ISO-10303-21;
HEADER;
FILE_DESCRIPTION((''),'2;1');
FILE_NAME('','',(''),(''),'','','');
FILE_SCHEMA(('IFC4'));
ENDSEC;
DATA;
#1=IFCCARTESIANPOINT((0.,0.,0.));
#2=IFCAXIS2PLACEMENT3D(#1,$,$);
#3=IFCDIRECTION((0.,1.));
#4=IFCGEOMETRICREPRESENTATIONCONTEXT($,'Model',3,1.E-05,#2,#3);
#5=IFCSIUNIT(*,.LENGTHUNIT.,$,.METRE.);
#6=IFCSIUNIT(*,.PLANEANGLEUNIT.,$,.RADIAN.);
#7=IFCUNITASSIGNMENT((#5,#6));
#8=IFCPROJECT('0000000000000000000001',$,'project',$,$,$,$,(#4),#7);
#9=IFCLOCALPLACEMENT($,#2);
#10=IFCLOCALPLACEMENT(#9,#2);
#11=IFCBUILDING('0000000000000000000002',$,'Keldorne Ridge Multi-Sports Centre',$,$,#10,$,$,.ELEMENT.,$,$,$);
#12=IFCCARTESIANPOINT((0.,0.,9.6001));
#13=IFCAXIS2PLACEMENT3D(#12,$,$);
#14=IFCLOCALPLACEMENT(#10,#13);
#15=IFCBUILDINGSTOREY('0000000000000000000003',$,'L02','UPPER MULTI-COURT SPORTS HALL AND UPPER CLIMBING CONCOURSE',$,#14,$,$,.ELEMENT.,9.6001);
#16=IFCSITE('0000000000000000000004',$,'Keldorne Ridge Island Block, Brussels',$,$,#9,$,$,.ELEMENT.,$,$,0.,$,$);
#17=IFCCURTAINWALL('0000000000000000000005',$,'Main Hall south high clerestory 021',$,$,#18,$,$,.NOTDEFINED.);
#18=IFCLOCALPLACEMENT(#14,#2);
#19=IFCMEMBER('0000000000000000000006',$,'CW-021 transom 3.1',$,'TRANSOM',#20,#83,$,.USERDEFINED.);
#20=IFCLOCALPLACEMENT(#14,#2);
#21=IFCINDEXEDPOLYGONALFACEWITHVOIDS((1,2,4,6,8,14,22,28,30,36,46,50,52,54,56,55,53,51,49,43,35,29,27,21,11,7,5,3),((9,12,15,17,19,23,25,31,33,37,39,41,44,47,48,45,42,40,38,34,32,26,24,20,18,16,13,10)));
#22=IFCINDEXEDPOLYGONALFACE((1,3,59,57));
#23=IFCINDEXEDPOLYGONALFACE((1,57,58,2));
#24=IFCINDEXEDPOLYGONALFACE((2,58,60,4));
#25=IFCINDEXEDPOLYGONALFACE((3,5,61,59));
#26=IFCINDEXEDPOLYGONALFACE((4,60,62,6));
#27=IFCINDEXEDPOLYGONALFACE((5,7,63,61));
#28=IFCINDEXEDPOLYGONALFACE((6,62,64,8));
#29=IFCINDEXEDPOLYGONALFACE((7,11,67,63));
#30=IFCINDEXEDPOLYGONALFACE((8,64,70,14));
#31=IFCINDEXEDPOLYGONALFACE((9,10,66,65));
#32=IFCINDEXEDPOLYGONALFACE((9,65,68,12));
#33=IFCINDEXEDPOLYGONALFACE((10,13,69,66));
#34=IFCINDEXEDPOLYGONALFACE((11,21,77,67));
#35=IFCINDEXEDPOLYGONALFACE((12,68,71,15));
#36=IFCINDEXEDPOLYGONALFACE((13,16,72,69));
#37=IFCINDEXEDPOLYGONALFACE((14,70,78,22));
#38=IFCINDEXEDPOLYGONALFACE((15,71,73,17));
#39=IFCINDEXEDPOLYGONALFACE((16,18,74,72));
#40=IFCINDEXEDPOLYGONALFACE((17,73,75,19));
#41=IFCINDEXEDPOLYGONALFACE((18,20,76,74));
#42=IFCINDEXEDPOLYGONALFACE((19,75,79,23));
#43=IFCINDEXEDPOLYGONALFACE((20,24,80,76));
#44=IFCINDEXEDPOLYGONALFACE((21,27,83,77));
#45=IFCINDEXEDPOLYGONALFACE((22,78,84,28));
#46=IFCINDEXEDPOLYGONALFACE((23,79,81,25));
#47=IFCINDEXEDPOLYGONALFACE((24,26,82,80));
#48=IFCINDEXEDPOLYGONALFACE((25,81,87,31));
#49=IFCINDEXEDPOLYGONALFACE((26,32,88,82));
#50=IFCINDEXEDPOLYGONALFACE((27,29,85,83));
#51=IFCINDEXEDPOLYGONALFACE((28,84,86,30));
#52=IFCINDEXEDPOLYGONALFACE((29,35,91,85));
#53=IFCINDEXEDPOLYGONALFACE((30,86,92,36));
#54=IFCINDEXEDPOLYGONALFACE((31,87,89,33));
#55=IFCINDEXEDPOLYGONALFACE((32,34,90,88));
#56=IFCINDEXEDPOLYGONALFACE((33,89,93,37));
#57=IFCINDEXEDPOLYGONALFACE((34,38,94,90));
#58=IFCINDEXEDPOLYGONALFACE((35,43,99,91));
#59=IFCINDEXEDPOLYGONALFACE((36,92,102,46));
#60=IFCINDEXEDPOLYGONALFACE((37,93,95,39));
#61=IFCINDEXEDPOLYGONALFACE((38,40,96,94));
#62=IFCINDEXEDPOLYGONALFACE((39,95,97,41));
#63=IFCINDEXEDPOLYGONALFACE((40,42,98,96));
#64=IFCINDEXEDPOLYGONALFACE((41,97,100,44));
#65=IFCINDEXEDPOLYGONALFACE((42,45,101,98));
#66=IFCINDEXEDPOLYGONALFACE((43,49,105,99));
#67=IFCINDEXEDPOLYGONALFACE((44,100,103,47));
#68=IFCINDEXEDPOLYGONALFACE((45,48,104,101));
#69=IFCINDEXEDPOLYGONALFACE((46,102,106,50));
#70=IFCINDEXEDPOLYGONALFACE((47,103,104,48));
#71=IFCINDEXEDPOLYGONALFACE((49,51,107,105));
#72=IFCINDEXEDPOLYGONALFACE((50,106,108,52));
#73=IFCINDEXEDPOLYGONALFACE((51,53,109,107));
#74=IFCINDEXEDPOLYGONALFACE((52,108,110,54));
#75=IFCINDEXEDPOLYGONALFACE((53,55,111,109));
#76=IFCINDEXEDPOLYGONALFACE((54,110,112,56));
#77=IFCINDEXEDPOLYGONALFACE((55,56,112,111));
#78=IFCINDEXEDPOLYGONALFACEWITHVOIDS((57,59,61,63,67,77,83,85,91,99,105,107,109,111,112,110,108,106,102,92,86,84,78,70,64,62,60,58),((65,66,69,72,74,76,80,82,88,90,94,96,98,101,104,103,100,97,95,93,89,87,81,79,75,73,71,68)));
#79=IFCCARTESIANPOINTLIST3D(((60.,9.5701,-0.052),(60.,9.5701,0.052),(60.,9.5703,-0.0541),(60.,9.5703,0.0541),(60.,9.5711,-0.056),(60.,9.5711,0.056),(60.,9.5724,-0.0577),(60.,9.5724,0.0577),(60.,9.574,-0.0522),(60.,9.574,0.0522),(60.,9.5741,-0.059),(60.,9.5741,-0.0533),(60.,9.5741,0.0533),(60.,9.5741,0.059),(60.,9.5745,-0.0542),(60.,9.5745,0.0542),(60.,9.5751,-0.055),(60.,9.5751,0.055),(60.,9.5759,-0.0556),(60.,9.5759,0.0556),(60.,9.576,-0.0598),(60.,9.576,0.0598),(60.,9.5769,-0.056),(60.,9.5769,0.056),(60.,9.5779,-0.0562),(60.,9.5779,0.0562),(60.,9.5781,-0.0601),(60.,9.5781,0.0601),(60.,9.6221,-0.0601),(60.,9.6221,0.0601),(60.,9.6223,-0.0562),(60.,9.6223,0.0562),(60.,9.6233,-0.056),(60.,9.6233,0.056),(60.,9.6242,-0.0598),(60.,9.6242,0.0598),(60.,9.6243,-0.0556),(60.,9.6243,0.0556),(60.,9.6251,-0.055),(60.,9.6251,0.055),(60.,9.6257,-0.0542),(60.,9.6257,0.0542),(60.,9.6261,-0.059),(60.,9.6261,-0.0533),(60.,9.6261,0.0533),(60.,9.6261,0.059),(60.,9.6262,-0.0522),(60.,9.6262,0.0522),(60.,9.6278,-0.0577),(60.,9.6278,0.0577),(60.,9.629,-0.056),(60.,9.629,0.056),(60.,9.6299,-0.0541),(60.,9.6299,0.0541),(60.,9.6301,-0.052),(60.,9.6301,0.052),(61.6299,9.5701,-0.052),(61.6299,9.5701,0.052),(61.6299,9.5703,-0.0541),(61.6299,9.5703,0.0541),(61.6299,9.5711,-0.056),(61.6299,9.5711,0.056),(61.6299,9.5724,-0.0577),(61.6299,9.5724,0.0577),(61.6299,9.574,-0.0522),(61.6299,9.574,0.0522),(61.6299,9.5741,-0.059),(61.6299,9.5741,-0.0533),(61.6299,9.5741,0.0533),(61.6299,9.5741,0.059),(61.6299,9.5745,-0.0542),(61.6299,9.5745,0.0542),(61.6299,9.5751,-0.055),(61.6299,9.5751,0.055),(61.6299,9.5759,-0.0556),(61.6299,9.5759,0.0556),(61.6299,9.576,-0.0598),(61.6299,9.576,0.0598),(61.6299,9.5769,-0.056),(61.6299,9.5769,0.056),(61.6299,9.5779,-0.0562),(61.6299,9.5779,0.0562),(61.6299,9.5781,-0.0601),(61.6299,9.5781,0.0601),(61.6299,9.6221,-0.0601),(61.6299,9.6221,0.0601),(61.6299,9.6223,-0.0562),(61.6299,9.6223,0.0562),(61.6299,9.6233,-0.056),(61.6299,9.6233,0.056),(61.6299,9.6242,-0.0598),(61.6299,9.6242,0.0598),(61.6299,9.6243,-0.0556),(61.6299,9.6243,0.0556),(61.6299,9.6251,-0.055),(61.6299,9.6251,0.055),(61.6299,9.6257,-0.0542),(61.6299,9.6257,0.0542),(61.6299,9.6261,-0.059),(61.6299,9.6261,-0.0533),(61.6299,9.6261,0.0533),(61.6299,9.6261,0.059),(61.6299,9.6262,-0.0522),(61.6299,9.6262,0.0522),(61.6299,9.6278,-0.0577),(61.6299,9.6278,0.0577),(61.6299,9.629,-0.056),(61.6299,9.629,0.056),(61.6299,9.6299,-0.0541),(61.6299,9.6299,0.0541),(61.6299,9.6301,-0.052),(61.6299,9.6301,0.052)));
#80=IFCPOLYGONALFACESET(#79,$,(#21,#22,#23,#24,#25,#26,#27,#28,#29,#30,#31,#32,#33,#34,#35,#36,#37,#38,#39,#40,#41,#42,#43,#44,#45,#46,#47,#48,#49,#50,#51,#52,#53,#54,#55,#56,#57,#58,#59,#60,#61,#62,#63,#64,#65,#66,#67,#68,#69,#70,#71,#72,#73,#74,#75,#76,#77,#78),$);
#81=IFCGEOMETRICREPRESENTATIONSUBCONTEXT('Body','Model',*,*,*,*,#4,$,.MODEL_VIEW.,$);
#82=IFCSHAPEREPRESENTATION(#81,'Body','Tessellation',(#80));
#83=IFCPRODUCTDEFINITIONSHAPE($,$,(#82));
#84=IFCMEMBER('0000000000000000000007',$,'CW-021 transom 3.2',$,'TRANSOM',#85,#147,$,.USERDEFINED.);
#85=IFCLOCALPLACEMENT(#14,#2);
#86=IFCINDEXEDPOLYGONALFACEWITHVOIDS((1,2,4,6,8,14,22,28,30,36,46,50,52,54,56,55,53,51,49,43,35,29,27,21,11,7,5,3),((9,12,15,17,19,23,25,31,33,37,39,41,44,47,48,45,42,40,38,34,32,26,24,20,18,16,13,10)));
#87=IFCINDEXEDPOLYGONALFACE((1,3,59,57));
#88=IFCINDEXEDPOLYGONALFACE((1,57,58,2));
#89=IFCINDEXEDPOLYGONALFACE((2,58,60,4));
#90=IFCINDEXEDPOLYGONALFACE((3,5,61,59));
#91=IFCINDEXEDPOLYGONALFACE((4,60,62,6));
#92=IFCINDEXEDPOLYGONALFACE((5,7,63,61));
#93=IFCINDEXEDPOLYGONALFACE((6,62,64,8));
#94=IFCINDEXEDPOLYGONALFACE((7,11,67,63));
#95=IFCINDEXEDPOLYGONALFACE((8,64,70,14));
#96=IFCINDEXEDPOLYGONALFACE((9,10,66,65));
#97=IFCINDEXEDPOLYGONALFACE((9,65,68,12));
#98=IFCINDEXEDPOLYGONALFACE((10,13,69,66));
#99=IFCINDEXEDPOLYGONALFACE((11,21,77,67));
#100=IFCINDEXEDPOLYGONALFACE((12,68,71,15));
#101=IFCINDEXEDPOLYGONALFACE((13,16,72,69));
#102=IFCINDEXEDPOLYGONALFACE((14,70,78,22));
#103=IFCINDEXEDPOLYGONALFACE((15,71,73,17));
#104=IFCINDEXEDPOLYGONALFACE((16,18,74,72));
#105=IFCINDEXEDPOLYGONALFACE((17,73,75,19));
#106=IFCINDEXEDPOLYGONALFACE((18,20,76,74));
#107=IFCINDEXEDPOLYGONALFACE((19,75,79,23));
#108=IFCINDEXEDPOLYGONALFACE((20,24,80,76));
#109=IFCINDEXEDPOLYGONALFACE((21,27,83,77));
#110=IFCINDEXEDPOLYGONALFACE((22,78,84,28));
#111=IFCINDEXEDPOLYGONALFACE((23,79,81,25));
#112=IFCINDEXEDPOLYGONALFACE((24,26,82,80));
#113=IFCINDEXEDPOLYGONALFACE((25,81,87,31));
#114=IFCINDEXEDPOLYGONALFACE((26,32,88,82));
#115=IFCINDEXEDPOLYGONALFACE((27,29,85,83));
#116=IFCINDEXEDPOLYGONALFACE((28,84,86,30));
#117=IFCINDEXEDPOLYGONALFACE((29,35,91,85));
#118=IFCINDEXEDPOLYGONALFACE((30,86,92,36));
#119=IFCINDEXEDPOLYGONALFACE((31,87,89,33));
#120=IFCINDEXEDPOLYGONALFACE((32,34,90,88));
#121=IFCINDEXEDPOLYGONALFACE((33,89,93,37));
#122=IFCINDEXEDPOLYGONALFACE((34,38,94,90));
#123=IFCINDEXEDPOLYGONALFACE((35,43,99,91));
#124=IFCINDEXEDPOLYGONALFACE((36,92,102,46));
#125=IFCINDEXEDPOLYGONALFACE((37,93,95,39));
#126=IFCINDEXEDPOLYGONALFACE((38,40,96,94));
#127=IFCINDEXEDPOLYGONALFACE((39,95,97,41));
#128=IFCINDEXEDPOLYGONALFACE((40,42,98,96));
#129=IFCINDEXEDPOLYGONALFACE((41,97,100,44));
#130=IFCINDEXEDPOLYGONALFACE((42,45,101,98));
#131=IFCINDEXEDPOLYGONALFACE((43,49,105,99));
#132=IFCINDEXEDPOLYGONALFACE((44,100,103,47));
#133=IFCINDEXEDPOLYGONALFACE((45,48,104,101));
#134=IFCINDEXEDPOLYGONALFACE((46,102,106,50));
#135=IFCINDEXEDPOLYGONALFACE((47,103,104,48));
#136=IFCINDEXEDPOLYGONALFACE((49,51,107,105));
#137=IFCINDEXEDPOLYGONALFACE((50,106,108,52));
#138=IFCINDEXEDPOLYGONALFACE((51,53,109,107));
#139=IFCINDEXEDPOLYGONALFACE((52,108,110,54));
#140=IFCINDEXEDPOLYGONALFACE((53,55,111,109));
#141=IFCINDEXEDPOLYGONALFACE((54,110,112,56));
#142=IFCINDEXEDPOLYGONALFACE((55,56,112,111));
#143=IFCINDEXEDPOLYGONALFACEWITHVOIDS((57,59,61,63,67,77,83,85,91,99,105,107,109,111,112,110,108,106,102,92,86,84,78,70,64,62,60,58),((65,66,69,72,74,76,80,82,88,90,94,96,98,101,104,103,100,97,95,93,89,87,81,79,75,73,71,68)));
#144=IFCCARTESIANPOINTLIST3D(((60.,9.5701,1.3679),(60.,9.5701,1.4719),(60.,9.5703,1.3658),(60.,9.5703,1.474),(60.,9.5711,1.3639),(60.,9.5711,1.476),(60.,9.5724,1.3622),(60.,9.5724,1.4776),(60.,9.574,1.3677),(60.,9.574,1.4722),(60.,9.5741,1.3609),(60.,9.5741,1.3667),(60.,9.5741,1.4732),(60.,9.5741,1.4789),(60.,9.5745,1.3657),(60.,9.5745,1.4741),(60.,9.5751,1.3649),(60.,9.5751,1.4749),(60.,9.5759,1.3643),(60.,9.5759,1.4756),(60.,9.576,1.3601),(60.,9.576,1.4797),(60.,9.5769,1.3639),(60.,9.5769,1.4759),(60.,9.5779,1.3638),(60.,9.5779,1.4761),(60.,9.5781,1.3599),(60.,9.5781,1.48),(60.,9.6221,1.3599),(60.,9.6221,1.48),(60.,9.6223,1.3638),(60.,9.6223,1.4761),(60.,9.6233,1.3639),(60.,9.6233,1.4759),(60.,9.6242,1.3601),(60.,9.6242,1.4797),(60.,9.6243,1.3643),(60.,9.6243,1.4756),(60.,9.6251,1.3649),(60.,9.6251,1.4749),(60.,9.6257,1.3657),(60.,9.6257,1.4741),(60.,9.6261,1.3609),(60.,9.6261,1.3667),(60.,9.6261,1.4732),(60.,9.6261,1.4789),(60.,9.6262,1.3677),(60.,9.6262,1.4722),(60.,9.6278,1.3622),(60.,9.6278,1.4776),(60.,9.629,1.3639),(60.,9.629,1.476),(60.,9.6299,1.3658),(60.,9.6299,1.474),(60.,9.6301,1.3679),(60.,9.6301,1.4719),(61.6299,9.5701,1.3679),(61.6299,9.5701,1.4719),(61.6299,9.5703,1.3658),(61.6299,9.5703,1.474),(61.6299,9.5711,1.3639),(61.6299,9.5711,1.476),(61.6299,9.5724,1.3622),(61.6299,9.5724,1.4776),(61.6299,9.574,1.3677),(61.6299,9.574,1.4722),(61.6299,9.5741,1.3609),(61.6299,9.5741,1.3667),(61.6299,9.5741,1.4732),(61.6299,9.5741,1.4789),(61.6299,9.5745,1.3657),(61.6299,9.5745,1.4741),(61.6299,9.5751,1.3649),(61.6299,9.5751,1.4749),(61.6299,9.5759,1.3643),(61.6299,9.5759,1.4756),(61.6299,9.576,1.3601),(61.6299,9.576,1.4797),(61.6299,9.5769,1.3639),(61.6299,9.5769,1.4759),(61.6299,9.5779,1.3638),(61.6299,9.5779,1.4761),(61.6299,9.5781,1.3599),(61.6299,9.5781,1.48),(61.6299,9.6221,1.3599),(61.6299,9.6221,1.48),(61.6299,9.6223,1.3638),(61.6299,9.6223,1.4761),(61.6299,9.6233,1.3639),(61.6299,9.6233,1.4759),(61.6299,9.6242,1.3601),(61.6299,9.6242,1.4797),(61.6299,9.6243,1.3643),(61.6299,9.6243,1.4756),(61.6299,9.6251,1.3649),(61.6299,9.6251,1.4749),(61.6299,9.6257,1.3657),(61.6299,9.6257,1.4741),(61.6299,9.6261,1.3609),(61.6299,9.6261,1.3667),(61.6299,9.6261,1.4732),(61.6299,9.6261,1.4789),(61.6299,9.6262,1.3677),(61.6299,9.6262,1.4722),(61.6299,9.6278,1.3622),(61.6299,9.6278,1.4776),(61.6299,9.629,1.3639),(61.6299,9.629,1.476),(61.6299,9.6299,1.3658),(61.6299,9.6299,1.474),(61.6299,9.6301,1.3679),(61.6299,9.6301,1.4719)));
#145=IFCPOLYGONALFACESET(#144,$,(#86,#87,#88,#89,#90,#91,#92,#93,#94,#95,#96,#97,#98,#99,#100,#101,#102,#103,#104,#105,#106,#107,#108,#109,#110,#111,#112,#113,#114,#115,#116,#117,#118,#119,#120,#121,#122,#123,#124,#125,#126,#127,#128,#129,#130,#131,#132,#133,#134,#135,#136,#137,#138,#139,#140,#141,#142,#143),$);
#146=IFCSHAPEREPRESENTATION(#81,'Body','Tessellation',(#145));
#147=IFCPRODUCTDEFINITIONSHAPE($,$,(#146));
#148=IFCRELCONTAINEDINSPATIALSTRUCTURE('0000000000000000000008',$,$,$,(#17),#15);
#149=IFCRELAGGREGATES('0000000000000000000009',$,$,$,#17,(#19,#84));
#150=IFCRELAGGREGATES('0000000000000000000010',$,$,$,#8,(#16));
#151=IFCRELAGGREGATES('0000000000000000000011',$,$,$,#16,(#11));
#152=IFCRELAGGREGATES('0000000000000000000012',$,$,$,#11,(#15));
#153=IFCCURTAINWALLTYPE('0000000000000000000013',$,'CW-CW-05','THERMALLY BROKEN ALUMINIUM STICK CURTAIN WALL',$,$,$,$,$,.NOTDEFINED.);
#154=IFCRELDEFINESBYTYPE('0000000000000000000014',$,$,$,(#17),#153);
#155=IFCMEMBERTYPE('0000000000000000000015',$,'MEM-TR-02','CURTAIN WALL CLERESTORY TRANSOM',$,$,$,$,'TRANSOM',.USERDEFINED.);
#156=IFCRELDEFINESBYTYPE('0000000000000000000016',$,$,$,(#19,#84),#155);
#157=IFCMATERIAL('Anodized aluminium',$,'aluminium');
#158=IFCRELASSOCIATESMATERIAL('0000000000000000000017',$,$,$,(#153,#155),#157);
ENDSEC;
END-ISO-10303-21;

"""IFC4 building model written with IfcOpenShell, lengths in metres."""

from ifc_helpers import new_model, si_unit, direction, frame, origin, origin_2d, place, context, subcontext, project, spatial, hollow_rectangle, extrude, material, material_profile, profile_set, type_object, element, aggregate, save


model = new_model("IFC4")

# Units and contexts
model_context = context("Model", 3, precision=1e-05, world=origin(), true_north=direction((0.0, 1.0)))
body_context = subcontext(model_context, "Body", "Model", "MODEL_VIEW")
ifc_project = project(units=[si_unit("LENGTHUNIT", "METRE"), si_unit("PLANEANGLEUNIT", "RADIAN")], contexts=[model_context])

# Site, building, storey
site_placement = place(None, origin())
site = spatial("IfcSite", under=ifc_project, at=site_placement, Name="Keldorne Ridge Island Block, Brussels", CompositionType="ELEMENT", RefElevation=0.0)
building_placement = place(site_placement, origin())
building = spatial("IfcBuilding", under=site, at=building_placement, Name="Keldorne Ridge Multi-Sports Centre", CompositionType="ELEMENT")
storey_placement = place(building_placement, frame((0.0, 0.0, 9.6001)))
storey = spatial("IfcBuildingStorey", under=building, at=storey_placement, Name="L02", Description="UPPER MULTI-COURT SPORTS HALL AND UPPER CLIMBING CONCOURSE", CompositionType="ELEMENT", Elevation=9.6001)

# Curtain wall, members
ifc_material_1 = material(Name="Anodized aluminium", Category="aluminium")
curtain_wall_type = type_object("IfcCurtainWallType", Name="CW-CW-05", Description="THERMALLY BROKEN ALUMINIUM STICK CURTAIN WALL", PredefinedType="NOTDEFINED", material=ifc_material_1)
curtain_wall_placement = place(storey_placement, origin())
curtain_wall = element("IfcCurtainWall", 1, at=curtain_wall_placement, inside=storey, type_object=curtain_wall_type, Name="Main Hall south high clerestory 021", PredefinedType="NOTDEFINED")
ifc_material_profile_1 = material_profile(ifc_material_1, hollow_rectangle(XDim=0.0601, YDim=0.1201, WallThickness=0.0039, InnerFilletRadius=0.0039, OuterFilletRadius=0.0081, at=origin_2d()), Name="ALU TRANSOM 120x60x4")
ifc_profile_set_1 = profile_set([ifc_material_profile_1], Name="Anodized aluminium")
member_type_1 = type_object("IfcMemberType", Name="MEM-TR-02", Description="CURTAIN WALL CLERESTORY TRANSOM", ElementType="TRANSOM", PredefinedType="USERDEFINED", material=ifc_profile_set_1)
member_1_placement = place(storey_placement, frame((60.0, 9.6001, 0.0), z_axis=(1.0, 0.0, 0.0), x_axis=(0.0, 1.0, 0.0)))
member_1 = element("IfcMember", 2, at=member_1_placement, type_object=member_type_1, Name="CW-021 transom 3.1", ObjectType="TRANSOM", PredefinedType="USERDEFINED", context=body_context, shape_type="SweptSolid", body=[
    extrude(hollow_rectangle(XDim=0.0601, YDim=0.1201, WallThickness=0.0039, InnerFilletRadius=0.0039, OuterFilletRadius=0.0081, at=origin_2d()), origin(), (0.0, 0.0, 1.0), 1.6299),
])
member_2_placement = place(storey_placement, frame((60.0, 9.6001, 1.4199), z_axis=(1.0, 0.0, 0.0), x_axis=(0.0, 1.0, 0.0)))
member_2 = element("IfcMember", 3, at=member_2_placement, type_object=member_type_1, Name="CW-021 transom 3.2", ObjectType="TRANSOM", PredefinedType="USERDEFINED", context=body_context, shape_type="SweptSolid", body=[
    extrude(hollow_rectangle(XDim=0.0601, YDim=0.1201, WallThickness=0.0039, InnerFilletRadius=0.0039, OuterFilletRadius=0.0081, at=origin_2d()), origin(), (0.0, 0.0, 1.0), 1.6299),
])
aggregate(curtain_wall, [member_1, member_2])

save(model, "model.ifc")
